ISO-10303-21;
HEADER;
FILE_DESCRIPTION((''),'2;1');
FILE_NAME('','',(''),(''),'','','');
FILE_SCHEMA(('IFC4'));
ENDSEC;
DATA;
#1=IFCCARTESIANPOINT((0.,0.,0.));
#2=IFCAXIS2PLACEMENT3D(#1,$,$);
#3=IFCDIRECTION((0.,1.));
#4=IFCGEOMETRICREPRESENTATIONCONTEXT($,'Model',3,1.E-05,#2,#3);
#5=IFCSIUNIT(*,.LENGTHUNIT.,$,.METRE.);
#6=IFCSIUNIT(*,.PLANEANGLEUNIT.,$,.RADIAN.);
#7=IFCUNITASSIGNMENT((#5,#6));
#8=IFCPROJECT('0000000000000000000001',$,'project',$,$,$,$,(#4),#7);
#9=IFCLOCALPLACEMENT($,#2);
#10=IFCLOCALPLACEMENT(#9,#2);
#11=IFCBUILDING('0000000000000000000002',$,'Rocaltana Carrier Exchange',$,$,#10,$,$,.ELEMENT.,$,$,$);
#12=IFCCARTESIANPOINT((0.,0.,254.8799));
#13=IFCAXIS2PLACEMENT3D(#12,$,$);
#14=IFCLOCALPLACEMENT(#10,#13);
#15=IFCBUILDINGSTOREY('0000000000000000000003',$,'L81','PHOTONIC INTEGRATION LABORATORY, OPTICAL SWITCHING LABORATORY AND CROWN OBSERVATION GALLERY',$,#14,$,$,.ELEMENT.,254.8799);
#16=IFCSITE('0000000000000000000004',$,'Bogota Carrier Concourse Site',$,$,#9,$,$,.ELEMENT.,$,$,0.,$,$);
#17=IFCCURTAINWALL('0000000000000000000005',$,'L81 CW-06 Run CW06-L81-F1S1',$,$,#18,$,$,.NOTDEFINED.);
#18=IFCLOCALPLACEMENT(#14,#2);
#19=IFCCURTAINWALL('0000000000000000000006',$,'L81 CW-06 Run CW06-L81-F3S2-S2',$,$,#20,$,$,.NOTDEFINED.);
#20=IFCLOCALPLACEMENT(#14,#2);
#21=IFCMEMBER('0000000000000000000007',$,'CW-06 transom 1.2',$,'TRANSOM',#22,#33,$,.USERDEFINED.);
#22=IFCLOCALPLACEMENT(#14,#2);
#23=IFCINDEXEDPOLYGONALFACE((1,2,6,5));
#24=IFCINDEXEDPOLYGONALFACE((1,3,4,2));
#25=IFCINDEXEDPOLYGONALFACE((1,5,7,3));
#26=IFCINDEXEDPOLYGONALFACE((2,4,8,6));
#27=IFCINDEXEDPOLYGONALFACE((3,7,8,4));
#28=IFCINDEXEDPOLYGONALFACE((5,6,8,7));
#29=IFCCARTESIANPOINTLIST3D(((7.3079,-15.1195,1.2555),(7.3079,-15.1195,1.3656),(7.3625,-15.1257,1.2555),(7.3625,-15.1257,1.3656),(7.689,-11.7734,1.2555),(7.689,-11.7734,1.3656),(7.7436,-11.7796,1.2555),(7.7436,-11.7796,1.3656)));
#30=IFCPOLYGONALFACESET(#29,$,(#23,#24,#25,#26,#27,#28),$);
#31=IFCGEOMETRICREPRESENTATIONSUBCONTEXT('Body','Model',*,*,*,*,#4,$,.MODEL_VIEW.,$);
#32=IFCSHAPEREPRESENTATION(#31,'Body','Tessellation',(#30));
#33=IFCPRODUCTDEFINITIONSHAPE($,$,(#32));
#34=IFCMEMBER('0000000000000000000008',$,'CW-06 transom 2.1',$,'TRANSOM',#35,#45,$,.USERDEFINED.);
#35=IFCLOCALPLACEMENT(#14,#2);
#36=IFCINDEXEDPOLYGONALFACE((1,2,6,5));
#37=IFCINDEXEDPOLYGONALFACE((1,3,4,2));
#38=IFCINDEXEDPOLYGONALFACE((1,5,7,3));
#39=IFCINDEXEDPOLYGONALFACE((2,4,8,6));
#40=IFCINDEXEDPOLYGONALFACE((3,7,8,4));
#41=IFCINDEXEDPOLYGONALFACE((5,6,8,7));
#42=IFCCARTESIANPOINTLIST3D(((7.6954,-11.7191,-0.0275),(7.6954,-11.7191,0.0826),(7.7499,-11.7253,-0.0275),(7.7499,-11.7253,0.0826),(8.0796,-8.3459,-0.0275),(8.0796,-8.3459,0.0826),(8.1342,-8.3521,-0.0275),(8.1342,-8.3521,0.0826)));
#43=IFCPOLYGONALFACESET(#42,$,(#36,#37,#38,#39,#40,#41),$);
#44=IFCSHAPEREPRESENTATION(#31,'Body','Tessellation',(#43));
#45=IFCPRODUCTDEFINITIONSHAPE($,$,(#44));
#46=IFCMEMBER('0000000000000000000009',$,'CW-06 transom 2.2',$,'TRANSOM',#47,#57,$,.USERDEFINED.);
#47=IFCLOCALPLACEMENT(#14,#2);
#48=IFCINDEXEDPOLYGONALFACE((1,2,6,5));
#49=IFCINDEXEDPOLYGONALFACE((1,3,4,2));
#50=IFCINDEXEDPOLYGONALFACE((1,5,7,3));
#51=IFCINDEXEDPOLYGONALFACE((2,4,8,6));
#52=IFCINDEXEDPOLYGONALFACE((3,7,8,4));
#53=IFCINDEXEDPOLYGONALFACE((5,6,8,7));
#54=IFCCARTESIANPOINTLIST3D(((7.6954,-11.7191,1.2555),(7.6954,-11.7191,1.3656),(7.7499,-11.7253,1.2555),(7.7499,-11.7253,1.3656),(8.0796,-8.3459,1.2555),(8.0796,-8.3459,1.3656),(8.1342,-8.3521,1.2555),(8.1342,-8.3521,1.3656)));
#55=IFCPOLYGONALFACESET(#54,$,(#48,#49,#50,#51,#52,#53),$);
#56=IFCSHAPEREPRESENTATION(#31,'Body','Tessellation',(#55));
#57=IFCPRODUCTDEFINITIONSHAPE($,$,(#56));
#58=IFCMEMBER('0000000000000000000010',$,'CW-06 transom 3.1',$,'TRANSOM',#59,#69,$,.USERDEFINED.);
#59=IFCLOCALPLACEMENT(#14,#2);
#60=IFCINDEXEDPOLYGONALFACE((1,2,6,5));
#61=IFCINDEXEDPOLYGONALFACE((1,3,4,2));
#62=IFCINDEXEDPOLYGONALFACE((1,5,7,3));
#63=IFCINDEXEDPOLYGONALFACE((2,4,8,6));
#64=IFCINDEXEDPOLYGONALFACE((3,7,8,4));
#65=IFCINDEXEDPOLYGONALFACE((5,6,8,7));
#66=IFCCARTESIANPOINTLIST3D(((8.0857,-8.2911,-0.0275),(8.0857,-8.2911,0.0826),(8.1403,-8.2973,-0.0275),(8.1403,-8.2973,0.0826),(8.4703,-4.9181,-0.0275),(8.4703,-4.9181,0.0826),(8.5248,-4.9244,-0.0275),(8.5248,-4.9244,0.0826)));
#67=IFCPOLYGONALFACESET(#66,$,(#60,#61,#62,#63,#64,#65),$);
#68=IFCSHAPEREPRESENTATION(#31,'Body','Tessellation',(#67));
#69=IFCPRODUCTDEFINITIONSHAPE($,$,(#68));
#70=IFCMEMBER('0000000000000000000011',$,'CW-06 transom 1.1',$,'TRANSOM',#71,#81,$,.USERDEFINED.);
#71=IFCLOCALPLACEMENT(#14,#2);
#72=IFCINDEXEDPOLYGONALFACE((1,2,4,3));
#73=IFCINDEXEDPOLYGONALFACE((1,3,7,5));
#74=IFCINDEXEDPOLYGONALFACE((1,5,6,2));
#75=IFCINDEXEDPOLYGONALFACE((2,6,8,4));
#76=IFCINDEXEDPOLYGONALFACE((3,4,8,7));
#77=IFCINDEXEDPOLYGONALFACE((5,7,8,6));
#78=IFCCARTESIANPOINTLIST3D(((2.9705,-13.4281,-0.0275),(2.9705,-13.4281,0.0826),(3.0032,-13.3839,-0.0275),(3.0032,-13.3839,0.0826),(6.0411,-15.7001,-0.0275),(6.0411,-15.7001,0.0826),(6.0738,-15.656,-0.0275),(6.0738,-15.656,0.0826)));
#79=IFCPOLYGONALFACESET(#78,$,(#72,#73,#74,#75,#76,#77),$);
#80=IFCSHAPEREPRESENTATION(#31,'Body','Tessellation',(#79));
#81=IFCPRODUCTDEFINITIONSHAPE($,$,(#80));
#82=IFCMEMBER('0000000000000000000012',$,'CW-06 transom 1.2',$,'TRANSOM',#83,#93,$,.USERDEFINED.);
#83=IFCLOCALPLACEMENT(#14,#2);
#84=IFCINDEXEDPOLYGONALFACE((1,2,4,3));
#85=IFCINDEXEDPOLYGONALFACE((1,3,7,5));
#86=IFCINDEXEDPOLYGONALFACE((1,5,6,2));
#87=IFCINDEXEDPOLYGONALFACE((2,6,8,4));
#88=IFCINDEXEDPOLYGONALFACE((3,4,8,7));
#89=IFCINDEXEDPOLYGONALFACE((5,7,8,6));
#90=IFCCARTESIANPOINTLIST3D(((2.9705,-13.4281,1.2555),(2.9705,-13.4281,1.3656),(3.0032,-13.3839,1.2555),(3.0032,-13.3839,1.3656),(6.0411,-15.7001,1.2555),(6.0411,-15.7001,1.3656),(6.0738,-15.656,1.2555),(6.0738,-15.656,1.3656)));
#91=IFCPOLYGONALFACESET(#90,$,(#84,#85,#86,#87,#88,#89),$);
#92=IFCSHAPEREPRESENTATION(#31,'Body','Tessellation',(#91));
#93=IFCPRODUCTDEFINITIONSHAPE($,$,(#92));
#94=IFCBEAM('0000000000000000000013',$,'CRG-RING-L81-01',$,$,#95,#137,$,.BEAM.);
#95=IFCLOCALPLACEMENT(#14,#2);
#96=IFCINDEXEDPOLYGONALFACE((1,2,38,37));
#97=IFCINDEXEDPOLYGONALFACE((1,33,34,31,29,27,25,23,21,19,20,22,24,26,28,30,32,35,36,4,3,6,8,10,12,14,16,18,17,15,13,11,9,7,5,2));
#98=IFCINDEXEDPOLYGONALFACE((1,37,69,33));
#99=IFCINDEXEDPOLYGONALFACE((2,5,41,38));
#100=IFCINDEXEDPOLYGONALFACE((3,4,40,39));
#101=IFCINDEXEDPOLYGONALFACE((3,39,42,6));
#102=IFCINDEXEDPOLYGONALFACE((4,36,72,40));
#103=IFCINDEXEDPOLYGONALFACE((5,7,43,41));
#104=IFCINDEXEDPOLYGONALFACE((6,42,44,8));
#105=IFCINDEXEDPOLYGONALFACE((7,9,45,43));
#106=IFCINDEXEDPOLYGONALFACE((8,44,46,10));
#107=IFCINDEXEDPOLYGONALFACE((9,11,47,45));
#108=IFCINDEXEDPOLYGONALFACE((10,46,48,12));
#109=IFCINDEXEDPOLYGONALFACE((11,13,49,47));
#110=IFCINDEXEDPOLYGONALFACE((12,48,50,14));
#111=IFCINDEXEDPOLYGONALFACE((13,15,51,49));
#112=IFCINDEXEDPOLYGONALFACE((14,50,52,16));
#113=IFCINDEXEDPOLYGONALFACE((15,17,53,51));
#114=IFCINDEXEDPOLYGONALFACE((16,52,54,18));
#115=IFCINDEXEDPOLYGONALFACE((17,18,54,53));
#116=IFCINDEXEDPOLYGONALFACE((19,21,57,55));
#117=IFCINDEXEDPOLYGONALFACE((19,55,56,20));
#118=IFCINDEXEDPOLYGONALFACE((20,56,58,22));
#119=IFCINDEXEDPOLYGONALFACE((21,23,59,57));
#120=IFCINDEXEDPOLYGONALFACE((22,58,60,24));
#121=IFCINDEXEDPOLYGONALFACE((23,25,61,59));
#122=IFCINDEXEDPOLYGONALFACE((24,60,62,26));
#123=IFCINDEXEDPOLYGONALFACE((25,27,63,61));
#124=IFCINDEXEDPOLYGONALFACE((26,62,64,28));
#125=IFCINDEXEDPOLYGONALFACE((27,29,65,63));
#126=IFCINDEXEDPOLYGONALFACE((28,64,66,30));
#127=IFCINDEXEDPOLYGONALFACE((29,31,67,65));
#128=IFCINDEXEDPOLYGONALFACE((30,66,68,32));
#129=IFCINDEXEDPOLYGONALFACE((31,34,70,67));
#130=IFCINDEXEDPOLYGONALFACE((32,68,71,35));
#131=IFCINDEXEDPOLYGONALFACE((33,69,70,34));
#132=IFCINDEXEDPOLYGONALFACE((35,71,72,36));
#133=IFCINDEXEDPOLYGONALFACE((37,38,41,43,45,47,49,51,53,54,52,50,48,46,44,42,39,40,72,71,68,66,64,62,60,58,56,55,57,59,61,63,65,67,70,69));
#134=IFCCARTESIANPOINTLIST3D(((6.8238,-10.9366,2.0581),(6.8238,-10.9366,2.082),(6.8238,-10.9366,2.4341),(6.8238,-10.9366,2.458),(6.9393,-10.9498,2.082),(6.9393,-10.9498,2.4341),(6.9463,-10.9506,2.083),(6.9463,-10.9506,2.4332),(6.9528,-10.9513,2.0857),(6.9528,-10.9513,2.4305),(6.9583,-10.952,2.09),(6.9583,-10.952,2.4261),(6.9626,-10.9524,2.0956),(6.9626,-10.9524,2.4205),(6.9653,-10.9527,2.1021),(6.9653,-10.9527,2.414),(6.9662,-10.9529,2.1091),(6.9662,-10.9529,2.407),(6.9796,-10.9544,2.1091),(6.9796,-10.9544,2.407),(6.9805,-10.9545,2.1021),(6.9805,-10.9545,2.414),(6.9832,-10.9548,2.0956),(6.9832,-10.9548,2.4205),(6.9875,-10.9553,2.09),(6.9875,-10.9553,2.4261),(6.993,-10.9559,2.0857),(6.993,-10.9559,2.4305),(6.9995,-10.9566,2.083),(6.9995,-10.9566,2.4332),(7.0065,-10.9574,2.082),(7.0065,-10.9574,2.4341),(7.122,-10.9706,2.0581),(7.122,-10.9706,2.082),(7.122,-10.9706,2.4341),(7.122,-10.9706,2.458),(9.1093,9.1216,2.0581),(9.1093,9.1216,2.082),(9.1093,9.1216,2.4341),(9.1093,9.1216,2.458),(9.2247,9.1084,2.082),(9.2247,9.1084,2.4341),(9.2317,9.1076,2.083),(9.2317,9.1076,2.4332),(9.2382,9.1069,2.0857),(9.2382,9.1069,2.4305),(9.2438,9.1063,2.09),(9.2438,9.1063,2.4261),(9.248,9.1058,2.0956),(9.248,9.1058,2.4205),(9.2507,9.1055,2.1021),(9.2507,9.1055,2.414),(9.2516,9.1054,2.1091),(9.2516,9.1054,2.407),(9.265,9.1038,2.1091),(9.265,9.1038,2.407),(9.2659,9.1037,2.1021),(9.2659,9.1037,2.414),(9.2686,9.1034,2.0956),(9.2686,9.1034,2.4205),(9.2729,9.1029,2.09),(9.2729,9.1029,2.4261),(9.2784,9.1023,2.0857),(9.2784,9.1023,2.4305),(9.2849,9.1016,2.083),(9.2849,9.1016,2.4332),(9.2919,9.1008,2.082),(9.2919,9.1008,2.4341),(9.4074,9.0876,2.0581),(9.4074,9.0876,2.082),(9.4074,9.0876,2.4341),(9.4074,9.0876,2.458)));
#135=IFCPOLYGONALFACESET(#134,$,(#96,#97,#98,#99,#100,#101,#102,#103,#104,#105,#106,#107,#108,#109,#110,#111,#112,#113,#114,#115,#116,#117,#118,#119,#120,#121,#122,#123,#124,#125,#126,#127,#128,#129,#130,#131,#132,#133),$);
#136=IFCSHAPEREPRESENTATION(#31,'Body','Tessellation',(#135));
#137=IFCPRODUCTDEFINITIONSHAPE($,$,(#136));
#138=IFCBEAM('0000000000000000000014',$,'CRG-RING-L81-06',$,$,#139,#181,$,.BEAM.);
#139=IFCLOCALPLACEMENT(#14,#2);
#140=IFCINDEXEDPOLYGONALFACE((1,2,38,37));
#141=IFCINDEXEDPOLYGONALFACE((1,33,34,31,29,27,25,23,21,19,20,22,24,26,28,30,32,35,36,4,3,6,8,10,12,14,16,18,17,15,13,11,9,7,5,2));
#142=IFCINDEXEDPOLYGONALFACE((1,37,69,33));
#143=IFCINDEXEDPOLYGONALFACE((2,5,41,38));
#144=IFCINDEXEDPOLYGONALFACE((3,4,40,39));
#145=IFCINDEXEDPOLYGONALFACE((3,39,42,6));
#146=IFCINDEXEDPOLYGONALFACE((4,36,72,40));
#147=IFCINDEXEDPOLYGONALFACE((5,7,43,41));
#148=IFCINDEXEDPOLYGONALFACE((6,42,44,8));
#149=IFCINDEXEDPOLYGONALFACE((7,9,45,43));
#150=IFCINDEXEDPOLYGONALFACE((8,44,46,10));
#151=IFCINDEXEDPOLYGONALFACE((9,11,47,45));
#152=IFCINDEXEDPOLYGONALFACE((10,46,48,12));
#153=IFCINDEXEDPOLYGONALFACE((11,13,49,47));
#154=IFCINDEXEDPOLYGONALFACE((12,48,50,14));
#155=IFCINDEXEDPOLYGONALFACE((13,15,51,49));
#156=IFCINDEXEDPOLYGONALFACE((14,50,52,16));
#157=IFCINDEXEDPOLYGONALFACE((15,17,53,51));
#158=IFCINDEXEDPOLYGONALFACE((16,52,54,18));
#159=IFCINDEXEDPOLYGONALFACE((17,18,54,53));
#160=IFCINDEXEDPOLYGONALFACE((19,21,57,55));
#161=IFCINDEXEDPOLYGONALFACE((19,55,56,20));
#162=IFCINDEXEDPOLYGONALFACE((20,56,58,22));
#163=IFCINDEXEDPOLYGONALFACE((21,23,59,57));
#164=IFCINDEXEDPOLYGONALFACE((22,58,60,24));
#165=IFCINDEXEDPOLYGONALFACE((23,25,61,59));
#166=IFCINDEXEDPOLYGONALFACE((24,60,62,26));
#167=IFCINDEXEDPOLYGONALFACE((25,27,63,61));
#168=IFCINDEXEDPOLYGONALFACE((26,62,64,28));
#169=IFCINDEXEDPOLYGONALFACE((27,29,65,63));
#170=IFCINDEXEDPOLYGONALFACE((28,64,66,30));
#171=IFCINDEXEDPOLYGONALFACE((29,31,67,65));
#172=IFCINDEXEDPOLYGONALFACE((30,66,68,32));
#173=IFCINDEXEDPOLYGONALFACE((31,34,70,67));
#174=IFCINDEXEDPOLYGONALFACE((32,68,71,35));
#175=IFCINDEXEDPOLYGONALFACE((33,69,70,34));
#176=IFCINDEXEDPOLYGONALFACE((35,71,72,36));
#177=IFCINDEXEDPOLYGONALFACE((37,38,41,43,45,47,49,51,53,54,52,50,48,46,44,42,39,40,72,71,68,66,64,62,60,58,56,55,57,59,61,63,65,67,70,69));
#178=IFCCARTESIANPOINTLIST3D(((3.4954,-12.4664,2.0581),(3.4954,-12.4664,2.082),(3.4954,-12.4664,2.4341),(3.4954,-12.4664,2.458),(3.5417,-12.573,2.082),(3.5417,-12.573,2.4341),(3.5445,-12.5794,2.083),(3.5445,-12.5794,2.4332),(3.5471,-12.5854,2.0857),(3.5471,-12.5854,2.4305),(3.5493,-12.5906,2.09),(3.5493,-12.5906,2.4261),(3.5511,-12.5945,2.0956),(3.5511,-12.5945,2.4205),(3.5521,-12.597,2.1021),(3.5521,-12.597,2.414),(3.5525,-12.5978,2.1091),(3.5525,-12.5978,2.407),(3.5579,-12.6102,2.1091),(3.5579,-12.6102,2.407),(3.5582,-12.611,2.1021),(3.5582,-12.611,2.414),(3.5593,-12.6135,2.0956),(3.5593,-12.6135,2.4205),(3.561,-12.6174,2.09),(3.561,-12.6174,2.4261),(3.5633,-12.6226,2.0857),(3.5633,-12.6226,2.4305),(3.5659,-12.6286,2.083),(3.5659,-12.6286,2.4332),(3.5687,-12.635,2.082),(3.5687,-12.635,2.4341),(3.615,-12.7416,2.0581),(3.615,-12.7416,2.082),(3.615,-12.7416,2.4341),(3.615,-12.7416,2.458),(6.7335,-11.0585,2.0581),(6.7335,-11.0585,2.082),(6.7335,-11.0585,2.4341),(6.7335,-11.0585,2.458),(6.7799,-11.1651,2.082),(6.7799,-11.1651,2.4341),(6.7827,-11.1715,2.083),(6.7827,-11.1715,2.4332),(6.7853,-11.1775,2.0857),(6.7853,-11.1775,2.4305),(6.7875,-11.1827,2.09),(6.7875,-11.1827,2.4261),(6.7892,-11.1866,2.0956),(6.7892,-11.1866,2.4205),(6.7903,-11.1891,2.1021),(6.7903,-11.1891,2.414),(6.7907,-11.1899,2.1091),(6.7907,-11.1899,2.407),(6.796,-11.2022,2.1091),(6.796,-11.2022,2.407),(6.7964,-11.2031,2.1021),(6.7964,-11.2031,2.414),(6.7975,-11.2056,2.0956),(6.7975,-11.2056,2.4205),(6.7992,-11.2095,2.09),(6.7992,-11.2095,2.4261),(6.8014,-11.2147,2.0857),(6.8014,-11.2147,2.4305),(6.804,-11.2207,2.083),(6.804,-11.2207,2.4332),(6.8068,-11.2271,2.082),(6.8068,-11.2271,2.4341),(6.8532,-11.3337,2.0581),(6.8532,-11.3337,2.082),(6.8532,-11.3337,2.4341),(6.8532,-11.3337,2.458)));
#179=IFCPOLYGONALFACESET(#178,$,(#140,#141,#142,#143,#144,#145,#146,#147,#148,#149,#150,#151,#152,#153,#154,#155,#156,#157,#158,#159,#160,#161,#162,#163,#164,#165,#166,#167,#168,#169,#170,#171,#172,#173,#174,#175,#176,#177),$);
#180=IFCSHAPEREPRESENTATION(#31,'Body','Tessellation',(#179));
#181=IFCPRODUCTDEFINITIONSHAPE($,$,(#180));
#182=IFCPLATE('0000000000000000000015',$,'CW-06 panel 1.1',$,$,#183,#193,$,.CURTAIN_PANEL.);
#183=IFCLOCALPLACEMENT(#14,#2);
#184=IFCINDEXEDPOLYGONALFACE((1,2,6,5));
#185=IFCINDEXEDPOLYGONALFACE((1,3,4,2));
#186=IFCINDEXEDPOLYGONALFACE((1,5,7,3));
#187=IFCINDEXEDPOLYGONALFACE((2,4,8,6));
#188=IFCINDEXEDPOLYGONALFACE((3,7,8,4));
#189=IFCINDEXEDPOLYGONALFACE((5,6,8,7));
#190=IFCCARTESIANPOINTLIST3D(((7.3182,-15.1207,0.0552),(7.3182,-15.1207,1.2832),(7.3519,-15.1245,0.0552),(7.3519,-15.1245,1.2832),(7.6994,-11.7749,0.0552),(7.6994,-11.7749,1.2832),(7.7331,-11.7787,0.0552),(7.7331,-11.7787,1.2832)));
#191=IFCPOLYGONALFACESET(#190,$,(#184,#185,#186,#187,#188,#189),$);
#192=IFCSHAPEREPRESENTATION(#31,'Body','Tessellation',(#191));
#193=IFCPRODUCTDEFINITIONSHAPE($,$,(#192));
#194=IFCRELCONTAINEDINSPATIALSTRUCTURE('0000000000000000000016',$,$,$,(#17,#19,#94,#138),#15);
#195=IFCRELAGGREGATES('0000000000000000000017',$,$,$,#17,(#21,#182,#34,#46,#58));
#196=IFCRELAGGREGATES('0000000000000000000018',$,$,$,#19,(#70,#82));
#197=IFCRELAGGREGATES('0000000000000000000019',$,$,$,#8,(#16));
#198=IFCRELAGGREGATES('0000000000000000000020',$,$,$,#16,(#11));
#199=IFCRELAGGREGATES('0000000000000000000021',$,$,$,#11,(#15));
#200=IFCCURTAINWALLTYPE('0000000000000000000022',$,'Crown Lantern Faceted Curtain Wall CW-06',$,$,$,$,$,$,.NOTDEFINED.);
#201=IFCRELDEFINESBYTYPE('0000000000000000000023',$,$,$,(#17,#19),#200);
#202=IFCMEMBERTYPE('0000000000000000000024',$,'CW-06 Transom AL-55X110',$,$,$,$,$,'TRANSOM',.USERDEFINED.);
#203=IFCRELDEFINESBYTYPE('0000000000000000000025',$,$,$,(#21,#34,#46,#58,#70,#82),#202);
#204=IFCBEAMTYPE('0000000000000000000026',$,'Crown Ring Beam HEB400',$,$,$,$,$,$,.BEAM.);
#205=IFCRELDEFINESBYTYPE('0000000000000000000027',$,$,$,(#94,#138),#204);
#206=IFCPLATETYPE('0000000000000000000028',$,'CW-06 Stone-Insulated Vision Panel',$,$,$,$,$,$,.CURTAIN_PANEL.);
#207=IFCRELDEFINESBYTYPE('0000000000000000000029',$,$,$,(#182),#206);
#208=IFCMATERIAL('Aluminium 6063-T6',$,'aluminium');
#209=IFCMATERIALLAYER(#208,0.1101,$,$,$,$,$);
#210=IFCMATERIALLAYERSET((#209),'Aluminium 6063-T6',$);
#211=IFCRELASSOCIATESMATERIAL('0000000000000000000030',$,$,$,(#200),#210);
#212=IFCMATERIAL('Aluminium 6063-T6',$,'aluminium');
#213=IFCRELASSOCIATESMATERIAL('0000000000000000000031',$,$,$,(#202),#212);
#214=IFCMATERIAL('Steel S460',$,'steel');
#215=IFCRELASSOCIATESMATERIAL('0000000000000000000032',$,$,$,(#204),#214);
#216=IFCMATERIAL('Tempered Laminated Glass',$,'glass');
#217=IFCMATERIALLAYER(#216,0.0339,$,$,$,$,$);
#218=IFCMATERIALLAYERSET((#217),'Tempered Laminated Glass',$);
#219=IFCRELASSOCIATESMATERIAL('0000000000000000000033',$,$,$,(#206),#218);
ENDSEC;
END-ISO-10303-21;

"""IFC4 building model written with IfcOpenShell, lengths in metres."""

from ifc_helpers import new_model, si_unit, direction, frame, origin, origin_2d, place, context, subcontext, project, spatial, rectangle, i_section, extrude, material, layer, layer_set, material_profile, profile_set, type_object, element, aggregate, save


model = new_model("IFC4")

# Units and contexts
model_context = context("Model", 3, precision=1e-05, world=origin(), true_north=direction((0.0, 1.0)))
body_context = subcontext(model_context, "Body", "Model", "MODEL_VIEW")
ifc_project = project(units=[si_unit("LENGTHUNIT", "METRE"), si_unit("PLANEANGLEUNIT", "RADIAN")], contexts=[model_context])

# Site, building, storey
site_placement = place(None, origin())
site = spatial("IfcSite", under=ifc_project, at=site_placement, Name="Bogota Carrier Concourse Site", CompositionType="ELEMENT", RefElevation=0.0)
building_placement = place(site_placement, origin())
building = spatial("IfcBuilding", under=site, at=building_placement, Name="Rocaltana Carrier Exchange", CompositionType="ELEMENT")
storey_placement = place(building_placement, frame((0.0, 0.0, 254.8799)))
storey = spatial("IfcBuildingStorey", under=building, at=storey_placement, Name="L81", Description="PHOTONIC INTEGRATION LABORATORY, OPTICAL SWITCHING LABORATORY AND CROWN OBSERVATION GALLERY", CompositionType="ELEMENT", Elevation=254.8799)

# Curtain wall
ifc_material_1 = material(Name="Aluminium 6063-T6", Category="aluminium")
ifc_layer_1 = layer(ifc_material_1, 0.1101)
ifc_layer_set_1 = layer_set([ifc_layer_1], Name="Aluminium 6063-T6")
curtain_wall_type = type_object("IfcCurtainWallType", Name="Crown Lantern Faceted Curtain Wall CW-06", PredefinedType="NOTDEFINED", material=ifc_layer_set_1)
curtain_wall_1_placement = place(storey_placement, origin())
curtain_wall_1 = element("IfcCurtainWall", 1, at=curtain_wall_1_placement, inside=storey, type_object=curtain_wall_type, Name="L81 CW-06 Run CW06-L81-F1S1", PredefinedType="NOTDEFINED")

# Curtain wall
curtain_wall_2_placement = place(storey_placement, origin())
curtain_wall_2 = element("IfcCurtainWall", 2, at=curtain_wall_2_placement, inside=storey, type_object=curtain_wall_type, Name="L81 CW-06 Run CW06-L81-F3S2-S2", PredefinedType="NOTDEFINED")

# Members
ifc_material_2 = material(Name="Aluminium 6063-T6", Category="aluminium")
ifc_material_profile_1 = material_profile(ifc_material_2, rectangle(XDim=0.0549, YDim=0.1101, at=origin_2d()), Name="AL-55X110")
ifc_profile_set_1 = profile_set([ifc_material_profile_1], Name="Aluminium 6063-T6")
member_type_1 = type_object("IfcMemberType", Name="CW-06 Transom AL-55X110", ElementType="TRANSOM", PredefinedType="USERDEFINED", material=ifc_profile_set_1)
member_1_placement = place(storey_placement, frame((7.3352, -15.1226, 1.3105), z_axis=(0.113168, 0.993576, 0.0), x_axis=(-0.993576, 0.113168, 0.0)))
member_1 = element("IfcMember", 3, at=member_1_placement, type_object=member_type_1, Name="CW-06 transom 1.2", ObjectType="TRANSOM", PredefinedType="USERDEFINED", context=body_context, shape_type="SweptSolid", body=[
    extrude(rectangle(XDim=0.0549, YDim=0.1101, at=origin_2d()), origin(), (0.0, 0.0, 1.0), 3.3677),
])
member_2_placement = place(storey_placement, frame((7.7227, -11.7222, 0.0276), z_axis=(0.113186, 0.993574, 0.0), x_axis=(-0.993574, 0.113186, 0.0)))
member_2 = element("IfcMember", 4, at=member_2_placement, type_object=member_type_1, Name="CW-06 transom 2.1", ObjectType="TRANSOM", PredefinedType="USERDEFINED", context=body_context, shape_type="SweptSolid", body=[
    extrude(rectangle(XDim=0.0549, YDim=0.1101, at=origin_2d()), origin(), (0.0, 0.0, 1.0), 3.395),
])
member_3_placement = place(storey_placement, frame((7.7227, -11.7222, 1.3105), z_axis=(0.113186, 0.993574, 0.0), x_axis=(-0.993574, 0.113186, 0.0)))
member_3 = element("IfcMember", 5, at=member_3_placement, type_object=member_type_1, Name="CW-06 transom 2.2", ObjectType="TRANSOM", PredefinedType="USERDEFINED", context=body_context, shape_type="SweptSolid", body=[
    extrude(rectangle(XDim=0.0549, YDim=0.1101, at=origin_2d()), origin(), (0.0, 0.0, 1.0), 3.395),
])
member_4_placement = place(storey_placement, frame((8.113, -8.2942, 0.0276), z_axis=(0.113265, 0.993565, 0.0), x_axis=(-0.993565, 0.113265, 0.0)))
member_4 = element("IfcMember", 6, at=member_4_placement, type_object=member_type_1, Name="CW-06 transom 3.1", ObjectType="TRANSOM", PredefinedType="USERDEFINED", context=body_context, shape_type="SweptSolid", body=[
    extrude(rectangle(XDim=0.0549, YDim=0.1101, at=origin_2d()), origin(), (0.0, 0.0, 1.0), 3.3948),
])
member_5_placement = place(storey_placement, frame((2.9868, -13.406, 0.0276), z_axis=(0.803872, -0.594803, 0.0), x_axis=(0.594803, 0.803872, 0.0)))
member_5 = element("IfcMember", 7, at=member_5_placement, type_object=member_type_1, Name="CW-06 transom 1.1", ObjectType="TRANSOM", PredefinedType="USERDEFINED", context=body_context, shape_type="SweptSolid", body=[
    extrude(rectangle(XDim=0.0549, YDim=0.1101, at=origin_2d()), origin(), (0.0, 0.0, 1.0), 3.8198),
])
member_6_placement = place(storey_placement, frame((2.9868, -13.406, 1.3105), z_axis=(0.803872, -0.594803, 0.0), x_axis=(0.594803, 0.803872, 0.0)))
member_6 = element("IfcMember", 8, at=member_6_placement, type_object=member_type_1, Name="CW-06 transom 1.2", ObjectType="TRANSOM", PredefinedType="USERDEFINED", context=body_context, shape_type="SweptSolid", body=[
    extrude(rectangle(XDim=0.0549, YDim=0.1101, at=origin_2d()), origin(), (0.0, 0.0, 1.0), 3.8198),
])

# Beams
ifc_material_3 = material(Name="Steel S460", Category="steel")
ifc_material_profile_2 = material_profile(ifc_material_3, i_section(OverallWidth=0.3, OverallDepth=0.3999, WebThickness=0.0134, FlangeThickness=0.0239, FilletRadius=0.0271, at=origin_2d()), Name="HEB400")
ifc_profile_set_2 = profile_set([ifc_material_profile_2], Name="Steel S460")
beam_type = type_object("IfcBeamType", Name="Crown Ring Beam HEB400", PredefinedType="BEAM", material=ifc_profile_set_2)
beam_1_placement = place(storey_placement, frame((6.9729, -10.9536, 2.2581), z_axis=(0.113207, 0.993571, 0.0), x_axis=(-0.993571, 0.113207, 0.0)))
element("IfcBeam", 9, at=beam_1_placement, inside=storey, type_object=beam_type, Name="CRG-RING-L81-01", PredefinedType="BEAM", context=body_context, shape_type="SweptSolid", body=[
    extrude(i_section(OverallWidth=0.3, OverallDepth=0.3999, WebThickness=0.0134, FlangeThickness=0.0239, FilletRadius=0.0271, at=origin_2d()), origin(), (0.0, 0.0, 1.0), 20.188),
])
beam_2_placement = place(storey_placement, frame((3.5552, -12.604, 2.2581), z_axis=(0.917069, 0.398729, 0.0), x_axis=(-0.398729, 0.917069, 0.0)))
element("IfcBeam", 10, at=beam_2_placement, inside=storey, type_object=beam_type, Name="CRG-RING-L81-06", PredefinedType="BEAM", context=body_context, shape_type="SweptSolid", body=[
    extrude(i_section(OverallWidth=0.3, OverallDepth=0.3999, WebThickness=0.0134, FlangeThickness=0.0239, FilletRadius=0.0271, at=origin_2d()), origin(), (0.0, 0.0, 1.0), 3.531),
])

# Plate
ifc_material_4 = material(Name="Tempered Laminated Glass", Category="glass")
ifc_layer_2 = layer(ifc_material_4, 0.0339)
ifc_layer_set_2 = layer_set([ifc_layer_2], Name="Tempered Laminated Glass")
plate_type = type_object("IfcPlateType", Name="CW-06 Stone-Insulated Vision Panel", PredefinedType="CURTAIN_PANEL", material=ifc_layer_set_2)
plate_1_placement = place(storey_placement, frame((7.5256, -13.4497, 0.0552), z_axis=(0.0, 0.0, 1.0), x_axis=(0.113203, 0.993572, 0.0)))
plate_1 = element("IfcPlate", 11, at=plate_1_placement, type_object=plate_type, Name="CW-06 panel 1.1", PredefinedType="CURTAIN_PANEL", context=body_context, shape_type="SweptSolid", body=[
    extrude(rectangle(XDim=3.3674, YDim=0.0339, at=origin_2d()), origin(), (0.0, 0.0, 1.0), 1.228),
])
aggregate(curtain_wall_1, [member_1, plate_1, member_2, member_3, member_4])
aggregate(curtain_wall_2, [member_5, member_6])

save(model, "model.ifc")
